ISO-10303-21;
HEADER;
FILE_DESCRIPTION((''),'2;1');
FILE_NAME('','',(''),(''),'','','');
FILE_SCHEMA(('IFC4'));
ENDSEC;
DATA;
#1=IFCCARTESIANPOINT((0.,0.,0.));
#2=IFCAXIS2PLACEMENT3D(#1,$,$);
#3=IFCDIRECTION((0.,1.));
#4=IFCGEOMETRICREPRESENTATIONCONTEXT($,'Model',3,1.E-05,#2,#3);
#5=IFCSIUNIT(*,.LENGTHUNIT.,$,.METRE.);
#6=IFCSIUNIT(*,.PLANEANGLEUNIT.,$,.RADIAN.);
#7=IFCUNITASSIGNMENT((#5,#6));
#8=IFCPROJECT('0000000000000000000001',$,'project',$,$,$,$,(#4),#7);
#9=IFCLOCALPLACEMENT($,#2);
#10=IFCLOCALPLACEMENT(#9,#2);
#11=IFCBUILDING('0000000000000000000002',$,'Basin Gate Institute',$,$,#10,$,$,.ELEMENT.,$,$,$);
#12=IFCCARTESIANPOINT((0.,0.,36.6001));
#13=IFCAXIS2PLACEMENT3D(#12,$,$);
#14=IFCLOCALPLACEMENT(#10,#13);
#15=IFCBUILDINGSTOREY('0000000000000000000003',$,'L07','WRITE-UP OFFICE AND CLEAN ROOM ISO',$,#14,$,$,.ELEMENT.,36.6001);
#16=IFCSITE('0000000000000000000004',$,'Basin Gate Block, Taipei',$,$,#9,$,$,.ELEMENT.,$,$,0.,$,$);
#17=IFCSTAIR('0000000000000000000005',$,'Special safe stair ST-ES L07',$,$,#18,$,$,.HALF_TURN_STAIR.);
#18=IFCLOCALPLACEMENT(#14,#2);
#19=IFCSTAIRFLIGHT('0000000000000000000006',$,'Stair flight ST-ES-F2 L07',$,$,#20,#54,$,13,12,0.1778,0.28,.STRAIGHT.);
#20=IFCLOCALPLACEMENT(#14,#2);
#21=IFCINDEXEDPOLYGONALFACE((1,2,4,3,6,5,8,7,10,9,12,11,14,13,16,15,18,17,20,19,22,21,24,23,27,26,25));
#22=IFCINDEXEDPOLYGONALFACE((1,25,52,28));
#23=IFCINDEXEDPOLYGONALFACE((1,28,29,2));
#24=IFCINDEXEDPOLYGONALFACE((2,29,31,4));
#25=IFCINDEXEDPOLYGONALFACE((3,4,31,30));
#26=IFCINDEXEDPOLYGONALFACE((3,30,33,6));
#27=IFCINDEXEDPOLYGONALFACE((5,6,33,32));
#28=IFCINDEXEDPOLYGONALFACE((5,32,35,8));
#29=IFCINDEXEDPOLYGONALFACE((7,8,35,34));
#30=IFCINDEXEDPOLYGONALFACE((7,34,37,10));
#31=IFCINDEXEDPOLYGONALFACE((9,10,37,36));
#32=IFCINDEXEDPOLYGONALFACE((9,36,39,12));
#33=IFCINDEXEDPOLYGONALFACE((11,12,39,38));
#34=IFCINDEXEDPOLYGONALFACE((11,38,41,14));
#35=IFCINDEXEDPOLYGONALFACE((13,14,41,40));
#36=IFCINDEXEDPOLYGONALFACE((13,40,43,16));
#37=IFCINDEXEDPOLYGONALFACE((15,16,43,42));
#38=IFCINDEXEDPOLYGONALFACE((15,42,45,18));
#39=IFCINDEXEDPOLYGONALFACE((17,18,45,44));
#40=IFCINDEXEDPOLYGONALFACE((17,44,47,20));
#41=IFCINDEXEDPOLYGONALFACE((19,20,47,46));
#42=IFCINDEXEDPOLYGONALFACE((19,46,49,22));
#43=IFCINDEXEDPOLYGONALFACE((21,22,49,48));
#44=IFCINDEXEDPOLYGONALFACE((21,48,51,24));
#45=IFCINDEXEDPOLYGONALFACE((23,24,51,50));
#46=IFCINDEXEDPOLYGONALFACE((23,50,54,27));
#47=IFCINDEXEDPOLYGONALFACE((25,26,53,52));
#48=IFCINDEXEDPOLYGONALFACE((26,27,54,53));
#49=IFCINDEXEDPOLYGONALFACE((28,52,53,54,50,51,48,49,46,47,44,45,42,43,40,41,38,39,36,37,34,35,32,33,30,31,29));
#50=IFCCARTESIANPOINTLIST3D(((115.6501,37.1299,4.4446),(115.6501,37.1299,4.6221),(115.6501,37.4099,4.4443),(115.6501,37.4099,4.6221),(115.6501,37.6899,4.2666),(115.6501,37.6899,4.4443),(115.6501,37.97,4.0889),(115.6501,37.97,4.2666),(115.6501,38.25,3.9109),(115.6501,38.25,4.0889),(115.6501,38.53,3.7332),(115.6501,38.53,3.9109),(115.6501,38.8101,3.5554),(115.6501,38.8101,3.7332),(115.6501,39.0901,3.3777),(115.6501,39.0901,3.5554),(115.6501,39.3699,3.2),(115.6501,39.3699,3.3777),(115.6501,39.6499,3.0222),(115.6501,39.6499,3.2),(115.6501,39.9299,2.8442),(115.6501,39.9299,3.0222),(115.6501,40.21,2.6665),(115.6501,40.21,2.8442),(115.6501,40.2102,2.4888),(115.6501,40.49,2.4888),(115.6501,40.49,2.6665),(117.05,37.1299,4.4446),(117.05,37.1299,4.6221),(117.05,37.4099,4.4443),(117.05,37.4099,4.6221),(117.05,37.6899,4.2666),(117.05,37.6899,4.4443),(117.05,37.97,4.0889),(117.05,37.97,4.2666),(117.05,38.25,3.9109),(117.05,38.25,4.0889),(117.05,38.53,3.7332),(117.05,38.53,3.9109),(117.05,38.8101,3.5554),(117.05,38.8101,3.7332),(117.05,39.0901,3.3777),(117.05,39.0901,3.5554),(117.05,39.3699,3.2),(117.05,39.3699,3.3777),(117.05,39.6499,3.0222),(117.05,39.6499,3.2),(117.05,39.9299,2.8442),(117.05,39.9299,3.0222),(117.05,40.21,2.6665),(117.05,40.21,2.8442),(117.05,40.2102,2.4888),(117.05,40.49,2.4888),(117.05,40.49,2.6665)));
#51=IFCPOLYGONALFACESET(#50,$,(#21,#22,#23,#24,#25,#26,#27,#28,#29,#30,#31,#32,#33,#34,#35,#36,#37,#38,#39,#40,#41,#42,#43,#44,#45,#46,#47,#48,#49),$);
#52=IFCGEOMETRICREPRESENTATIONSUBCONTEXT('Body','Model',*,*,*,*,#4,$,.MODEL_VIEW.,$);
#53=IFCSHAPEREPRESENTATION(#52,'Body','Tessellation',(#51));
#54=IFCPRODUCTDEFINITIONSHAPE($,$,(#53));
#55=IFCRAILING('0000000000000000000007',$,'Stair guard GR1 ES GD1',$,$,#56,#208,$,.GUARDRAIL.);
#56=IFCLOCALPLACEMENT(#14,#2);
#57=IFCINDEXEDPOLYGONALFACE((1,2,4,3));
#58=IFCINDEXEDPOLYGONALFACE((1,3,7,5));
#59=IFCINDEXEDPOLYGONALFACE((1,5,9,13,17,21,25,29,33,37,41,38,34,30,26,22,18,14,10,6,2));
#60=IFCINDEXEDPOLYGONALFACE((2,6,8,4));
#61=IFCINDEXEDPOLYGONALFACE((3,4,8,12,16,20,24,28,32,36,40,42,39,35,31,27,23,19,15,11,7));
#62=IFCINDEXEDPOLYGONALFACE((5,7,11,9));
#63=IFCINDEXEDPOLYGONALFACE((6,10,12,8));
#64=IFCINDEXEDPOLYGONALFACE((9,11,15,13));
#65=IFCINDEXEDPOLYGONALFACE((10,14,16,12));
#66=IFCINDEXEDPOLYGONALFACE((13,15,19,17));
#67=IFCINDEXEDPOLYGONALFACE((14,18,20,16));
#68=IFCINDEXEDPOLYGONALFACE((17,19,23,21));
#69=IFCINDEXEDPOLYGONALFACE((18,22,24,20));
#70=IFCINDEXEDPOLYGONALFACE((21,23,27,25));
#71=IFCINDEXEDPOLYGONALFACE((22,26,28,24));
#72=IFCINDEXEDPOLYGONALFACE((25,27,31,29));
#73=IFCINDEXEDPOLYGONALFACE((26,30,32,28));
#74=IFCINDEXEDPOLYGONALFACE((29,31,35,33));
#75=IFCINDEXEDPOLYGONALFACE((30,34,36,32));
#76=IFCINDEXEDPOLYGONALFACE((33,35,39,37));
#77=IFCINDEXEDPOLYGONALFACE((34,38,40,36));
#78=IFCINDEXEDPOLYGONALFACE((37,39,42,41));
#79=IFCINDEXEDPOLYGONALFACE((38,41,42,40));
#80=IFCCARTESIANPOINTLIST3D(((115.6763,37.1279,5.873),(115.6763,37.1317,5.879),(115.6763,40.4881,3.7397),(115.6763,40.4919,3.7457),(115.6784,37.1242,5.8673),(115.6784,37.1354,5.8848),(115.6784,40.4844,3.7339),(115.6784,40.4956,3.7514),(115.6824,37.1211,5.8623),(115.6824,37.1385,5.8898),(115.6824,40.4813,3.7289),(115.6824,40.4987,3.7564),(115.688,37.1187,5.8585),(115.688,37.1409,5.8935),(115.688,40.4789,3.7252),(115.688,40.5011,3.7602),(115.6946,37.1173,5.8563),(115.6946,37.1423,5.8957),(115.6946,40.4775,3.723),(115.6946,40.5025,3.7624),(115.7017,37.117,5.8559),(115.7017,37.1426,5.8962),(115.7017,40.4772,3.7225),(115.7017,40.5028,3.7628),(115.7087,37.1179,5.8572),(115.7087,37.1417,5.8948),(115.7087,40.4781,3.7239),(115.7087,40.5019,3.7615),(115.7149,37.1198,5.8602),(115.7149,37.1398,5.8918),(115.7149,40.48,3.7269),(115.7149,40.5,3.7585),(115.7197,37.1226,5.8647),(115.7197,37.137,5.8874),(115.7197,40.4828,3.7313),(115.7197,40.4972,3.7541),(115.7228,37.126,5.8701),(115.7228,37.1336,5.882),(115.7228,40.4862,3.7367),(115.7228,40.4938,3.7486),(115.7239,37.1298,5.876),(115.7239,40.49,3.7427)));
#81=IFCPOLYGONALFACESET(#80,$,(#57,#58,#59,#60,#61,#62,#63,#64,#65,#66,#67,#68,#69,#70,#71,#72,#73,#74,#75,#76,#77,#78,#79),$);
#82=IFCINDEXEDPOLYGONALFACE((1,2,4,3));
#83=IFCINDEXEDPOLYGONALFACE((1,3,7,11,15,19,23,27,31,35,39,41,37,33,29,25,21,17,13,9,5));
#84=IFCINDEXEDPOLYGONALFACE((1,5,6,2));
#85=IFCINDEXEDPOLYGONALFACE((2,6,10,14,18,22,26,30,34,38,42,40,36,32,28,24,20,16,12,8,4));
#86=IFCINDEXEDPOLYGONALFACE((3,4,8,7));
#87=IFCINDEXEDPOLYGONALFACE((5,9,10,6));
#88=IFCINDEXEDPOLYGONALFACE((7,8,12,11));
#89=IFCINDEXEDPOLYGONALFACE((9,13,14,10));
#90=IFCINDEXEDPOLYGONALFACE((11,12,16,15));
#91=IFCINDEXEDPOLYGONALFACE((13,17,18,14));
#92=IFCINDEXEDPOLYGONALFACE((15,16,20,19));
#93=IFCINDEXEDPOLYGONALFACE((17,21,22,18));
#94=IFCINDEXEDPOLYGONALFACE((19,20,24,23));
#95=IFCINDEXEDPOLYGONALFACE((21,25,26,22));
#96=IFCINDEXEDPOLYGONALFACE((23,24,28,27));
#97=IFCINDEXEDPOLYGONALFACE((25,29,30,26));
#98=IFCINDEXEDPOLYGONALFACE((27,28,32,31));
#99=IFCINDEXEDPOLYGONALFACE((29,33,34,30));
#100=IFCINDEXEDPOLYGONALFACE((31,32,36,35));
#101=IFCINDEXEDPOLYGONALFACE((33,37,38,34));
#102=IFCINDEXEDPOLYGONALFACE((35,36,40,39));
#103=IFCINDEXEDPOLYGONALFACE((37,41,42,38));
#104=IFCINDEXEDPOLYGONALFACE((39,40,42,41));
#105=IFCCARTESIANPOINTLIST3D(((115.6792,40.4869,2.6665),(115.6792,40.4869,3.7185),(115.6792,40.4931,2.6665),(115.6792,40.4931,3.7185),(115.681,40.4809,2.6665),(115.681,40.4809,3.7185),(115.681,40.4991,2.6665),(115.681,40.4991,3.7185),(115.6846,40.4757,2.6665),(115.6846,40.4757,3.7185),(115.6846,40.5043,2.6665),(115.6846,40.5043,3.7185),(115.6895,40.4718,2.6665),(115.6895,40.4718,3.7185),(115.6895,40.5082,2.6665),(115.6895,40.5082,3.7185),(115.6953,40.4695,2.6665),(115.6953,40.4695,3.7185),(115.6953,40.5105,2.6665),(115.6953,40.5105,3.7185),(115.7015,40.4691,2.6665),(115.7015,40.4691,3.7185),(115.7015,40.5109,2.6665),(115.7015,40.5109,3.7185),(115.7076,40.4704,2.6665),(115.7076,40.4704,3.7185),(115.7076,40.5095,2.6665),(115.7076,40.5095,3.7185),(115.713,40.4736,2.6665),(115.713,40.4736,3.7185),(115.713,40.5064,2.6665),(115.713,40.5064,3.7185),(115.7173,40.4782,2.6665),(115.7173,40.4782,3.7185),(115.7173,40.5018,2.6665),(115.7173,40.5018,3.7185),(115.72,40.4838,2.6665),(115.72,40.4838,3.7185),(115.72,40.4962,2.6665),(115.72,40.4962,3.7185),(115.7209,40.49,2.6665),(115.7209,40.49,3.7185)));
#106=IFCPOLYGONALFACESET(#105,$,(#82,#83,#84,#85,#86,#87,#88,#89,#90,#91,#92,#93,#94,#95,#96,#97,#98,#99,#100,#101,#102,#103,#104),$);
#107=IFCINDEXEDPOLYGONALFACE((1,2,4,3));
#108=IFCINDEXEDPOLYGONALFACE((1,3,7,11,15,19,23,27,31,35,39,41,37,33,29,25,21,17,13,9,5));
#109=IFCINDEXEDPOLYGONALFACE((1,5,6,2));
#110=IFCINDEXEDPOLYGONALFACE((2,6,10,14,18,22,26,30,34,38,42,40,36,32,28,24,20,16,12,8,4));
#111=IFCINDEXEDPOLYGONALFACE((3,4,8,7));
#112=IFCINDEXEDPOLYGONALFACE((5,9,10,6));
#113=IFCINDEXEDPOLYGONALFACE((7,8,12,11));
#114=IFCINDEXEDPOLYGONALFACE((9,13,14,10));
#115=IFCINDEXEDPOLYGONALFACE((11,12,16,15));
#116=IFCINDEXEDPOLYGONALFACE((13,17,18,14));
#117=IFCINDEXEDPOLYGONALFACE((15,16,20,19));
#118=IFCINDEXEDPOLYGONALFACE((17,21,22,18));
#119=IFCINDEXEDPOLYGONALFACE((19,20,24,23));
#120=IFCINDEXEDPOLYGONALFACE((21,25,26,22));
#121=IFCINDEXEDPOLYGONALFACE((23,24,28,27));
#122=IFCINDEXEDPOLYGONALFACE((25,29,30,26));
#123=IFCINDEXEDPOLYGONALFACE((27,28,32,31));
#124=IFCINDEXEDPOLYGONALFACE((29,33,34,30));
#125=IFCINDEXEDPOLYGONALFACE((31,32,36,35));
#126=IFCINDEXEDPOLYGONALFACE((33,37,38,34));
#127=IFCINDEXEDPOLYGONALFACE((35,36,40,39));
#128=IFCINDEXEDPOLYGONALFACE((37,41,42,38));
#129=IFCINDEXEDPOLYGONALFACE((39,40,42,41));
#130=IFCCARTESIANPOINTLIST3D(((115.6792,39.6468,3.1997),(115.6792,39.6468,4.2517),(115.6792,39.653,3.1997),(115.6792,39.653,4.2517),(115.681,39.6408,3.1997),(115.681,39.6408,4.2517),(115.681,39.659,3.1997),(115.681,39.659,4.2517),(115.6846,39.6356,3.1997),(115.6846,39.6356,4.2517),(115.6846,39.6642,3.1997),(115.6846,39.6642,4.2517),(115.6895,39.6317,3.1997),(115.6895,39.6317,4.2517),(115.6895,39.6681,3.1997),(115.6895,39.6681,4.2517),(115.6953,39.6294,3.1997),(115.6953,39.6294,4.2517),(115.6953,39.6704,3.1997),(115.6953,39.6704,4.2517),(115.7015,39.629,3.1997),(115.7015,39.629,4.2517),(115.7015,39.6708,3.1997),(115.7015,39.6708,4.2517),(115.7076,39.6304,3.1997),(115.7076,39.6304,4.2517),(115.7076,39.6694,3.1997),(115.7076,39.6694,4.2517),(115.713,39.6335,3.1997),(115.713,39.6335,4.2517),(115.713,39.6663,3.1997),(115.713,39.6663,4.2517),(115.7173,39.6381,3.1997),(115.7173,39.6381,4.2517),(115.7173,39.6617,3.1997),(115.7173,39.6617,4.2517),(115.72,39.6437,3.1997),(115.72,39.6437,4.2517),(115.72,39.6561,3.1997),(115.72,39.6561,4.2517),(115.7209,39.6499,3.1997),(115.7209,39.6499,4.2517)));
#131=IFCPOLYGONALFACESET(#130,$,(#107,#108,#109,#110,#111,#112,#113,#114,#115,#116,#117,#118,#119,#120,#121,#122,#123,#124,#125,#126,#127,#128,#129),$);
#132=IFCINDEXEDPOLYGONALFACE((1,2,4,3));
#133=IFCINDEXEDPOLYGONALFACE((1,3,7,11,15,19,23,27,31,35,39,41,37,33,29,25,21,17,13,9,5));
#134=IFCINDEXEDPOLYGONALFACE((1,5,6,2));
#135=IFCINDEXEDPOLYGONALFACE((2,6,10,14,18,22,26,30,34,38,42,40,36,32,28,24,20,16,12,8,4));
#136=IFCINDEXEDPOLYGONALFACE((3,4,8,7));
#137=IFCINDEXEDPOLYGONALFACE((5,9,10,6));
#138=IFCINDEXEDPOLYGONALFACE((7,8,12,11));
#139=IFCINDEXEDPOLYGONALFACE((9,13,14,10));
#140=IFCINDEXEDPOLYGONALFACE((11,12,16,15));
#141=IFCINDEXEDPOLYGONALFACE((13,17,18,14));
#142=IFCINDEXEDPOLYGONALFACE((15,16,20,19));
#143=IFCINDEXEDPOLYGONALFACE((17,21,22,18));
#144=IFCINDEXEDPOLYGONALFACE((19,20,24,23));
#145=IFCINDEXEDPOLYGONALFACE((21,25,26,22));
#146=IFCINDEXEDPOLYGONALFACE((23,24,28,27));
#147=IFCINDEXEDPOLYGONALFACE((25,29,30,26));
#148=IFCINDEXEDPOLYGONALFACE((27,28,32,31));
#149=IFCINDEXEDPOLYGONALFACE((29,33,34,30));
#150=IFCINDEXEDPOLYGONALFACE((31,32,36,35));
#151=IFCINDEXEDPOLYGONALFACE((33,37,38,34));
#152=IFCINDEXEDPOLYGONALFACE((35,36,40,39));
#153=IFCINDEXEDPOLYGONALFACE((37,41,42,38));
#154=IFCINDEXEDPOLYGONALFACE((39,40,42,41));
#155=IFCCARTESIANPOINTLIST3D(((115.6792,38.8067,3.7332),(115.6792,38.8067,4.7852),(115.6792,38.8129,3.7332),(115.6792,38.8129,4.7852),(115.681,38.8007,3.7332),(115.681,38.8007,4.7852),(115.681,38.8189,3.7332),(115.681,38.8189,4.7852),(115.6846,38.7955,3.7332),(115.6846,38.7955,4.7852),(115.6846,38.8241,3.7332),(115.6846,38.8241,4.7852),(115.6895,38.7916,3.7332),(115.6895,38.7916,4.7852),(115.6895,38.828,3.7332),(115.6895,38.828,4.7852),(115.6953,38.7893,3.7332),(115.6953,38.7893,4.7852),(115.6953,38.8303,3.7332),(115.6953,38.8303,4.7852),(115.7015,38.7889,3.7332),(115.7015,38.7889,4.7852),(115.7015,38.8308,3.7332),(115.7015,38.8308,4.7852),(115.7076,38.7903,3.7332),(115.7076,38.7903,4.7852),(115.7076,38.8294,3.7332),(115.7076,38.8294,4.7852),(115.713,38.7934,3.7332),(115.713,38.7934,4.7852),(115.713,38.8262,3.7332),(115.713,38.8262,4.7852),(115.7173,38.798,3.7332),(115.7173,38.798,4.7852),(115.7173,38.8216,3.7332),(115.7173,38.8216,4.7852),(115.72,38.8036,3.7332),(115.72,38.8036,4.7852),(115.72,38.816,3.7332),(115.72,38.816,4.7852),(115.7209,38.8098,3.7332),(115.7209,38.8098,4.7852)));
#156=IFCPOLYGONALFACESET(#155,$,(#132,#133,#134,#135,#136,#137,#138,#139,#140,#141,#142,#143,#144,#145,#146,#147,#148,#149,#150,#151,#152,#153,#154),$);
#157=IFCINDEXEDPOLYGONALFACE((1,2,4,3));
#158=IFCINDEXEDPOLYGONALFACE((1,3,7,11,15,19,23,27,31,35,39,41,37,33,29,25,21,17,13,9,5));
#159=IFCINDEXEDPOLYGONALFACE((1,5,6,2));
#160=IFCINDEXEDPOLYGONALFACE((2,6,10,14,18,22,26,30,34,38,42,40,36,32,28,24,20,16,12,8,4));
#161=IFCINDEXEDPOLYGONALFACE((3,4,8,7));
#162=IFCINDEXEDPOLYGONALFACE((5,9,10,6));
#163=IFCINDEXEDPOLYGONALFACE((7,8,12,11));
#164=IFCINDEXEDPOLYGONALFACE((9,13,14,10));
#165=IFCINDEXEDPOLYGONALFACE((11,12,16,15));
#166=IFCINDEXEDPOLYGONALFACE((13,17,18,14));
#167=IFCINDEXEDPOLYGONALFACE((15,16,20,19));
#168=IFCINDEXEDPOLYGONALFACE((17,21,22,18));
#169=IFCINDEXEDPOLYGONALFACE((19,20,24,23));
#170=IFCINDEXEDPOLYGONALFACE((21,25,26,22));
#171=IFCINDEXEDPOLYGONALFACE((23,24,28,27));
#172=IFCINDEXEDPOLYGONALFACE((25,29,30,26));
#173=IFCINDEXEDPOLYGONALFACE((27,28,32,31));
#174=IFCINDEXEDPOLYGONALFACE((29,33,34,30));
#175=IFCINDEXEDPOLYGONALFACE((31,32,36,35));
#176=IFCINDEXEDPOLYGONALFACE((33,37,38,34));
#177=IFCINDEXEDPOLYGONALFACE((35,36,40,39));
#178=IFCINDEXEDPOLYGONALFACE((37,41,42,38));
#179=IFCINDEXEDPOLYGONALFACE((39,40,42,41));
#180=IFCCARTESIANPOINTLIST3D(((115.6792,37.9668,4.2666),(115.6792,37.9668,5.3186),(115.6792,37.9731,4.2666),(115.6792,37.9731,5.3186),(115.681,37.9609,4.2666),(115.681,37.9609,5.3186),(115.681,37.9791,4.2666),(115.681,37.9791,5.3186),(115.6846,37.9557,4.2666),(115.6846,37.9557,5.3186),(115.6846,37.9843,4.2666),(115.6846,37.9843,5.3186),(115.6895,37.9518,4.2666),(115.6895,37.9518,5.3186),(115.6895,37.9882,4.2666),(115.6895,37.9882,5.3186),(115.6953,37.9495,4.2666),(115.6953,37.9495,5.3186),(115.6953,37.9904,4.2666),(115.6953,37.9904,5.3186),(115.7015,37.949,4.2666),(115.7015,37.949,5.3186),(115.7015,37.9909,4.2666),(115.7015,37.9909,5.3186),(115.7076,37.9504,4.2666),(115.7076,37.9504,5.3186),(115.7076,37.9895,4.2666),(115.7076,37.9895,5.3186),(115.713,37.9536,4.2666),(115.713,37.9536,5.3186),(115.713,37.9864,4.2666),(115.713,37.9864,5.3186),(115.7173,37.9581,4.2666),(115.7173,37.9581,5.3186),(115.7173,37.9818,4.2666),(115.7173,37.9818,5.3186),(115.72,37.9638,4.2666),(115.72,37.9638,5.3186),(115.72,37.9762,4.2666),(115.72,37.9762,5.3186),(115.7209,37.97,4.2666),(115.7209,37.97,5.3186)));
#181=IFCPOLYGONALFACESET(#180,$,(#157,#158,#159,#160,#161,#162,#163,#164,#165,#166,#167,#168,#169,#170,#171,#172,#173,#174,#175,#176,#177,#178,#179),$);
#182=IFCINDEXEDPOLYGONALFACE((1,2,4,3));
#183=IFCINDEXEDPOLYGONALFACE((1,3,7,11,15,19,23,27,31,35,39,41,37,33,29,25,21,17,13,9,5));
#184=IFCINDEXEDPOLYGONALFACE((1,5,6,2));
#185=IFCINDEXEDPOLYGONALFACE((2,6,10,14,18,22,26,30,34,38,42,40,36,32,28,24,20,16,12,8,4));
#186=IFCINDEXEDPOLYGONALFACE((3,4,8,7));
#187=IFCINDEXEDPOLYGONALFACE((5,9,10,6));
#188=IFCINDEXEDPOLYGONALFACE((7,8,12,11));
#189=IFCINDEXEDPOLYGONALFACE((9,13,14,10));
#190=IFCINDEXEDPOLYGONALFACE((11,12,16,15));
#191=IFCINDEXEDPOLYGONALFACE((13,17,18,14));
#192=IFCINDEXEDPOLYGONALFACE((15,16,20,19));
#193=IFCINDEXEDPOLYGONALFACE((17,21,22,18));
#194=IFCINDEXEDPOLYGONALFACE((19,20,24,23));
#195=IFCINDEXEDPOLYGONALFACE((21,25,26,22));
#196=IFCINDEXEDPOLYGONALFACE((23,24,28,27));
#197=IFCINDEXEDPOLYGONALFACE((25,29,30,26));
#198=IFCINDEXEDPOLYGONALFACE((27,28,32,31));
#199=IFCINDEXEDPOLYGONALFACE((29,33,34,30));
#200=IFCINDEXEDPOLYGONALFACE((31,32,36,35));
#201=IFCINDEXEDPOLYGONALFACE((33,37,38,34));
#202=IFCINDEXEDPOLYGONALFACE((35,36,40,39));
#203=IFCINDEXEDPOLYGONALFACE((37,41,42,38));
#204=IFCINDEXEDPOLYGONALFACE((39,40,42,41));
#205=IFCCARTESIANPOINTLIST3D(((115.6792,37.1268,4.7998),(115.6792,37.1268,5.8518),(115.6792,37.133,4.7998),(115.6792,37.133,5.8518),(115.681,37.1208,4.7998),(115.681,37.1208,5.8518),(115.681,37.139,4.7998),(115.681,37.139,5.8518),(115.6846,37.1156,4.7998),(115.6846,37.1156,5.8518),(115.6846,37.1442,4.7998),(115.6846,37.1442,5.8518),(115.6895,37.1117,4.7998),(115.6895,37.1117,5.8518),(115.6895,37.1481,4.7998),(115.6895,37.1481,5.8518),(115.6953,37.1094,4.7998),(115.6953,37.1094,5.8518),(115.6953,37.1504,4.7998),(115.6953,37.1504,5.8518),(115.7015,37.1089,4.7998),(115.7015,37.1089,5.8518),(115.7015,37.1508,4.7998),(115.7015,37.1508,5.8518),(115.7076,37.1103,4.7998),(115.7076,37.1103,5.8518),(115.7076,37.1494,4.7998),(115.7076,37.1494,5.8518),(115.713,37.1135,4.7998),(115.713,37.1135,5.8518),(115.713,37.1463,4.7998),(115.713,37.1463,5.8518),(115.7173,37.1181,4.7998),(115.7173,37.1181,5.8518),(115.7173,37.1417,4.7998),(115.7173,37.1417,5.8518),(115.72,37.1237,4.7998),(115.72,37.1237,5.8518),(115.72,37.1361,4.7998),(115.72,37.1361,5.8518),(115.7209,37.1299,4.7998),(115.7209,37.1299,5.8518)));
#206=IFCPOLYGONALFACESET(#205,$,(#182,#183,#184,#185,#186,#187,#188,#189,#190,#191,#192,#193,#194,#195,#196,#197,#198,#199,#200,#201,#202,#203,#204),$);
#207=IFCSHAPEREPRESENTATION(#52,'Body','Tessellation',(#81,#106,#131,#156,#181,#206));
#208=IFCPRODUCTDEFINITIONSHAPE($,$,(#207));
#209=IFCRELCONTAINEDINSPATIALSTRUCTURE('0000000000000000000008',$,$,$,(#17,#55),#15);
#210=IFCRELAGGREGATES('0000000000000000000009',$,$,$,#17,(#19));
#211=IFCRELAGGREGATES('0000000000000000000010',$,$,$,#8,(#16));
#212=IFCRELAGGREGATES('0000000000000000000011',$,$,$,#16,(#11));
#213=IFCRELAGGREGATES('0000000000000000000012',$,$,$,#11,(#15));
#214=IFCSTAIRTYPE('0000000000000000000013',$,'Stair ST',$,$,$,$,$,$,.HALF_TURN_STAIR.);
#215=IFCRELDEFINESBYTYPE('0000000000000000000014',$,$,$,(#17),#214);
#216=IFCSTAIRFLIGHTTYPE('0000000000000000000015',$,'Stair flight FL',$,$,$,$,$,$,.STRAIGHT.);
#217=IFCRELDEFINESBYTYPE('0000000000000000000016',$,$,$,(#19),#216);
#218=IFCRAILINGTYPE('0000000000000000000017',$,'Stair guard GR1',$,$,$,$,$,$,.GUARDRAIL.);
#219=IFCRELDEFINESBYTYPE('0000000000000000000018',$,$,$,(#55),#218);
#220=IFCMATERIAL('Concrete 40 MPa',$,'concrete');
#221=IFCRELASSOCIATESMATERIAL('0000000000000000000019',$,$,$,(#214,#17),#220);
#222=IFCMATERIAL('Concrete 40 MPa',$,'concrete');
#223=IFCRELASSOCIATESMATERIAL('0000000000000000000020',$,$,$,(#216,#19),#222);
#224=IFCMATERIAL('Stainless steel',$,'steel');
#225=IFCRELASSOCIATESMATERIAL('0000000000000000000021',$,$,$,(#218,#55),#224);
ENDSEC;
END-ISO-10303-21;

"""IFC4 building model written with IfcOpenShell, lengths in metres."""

from ifc_helpers import new_model, si_unit, direction, frame, origin, origin_2d, place, context, subcontext, project, spatial, polyline, circle, outline, extrude, material, type_object, element, aggregate, save


model = new_model("IFC4")

# Units and contexts
model_context = context("Model", 3, precision=1e-05, world=origin(), true_north=direction((0.0, 1.0)))
body_context = subcontext(model_context, "Body", "Model", "MODEL_VIEW")
ifc_project = project(units=[si_unit("LENGTHUNIT", "METRE"), si_unit("PLANEANGLEUNIT", "RADIAN")], contexts=[model_context])

# Site, building, storey
site_placement = place(None, origin())
site = spatial("IfcSite", under=ifc_project, at=site_placement, Name="Basin Gate Block, Taipei", CompositionType="ELEMENT", RefElevation=0.0)
building_placement = place(site_placement, origin())
building = spatial("IfcBuilding", under=site, at=building_placement, Name="Basin Gate Institute", CompositionType="ELEMENT")
storey_placement = place(building_placement, frame((0.0, 0.0, 36.6001)))
storey = spatial("IfcBuildingStorey", under=building, at=storey_placement, Name="L07", Description="WRITE-UP OFFICE AND CLEAN ROOM ISO", CompositionType="ELEMENT", Elevation=36.6001)

# Stair, stair flight
ifc_material_1 = material(Name="Concrete 40 MPa", Category="concrete")
stair_type = type_object("IfcStairType", Name="Stair ST", PredefinedType="HALF_TURN_STAIR", material=ifc_material_1)
stair_placement = place(storey_placement, origin())
stair = element("IfcStair", 1, at=stair_placement, inside=storey, type_object=stair_type, material=ifc_material_1, Name="Special safe stair ST-ES L07", PredefinedType="HALF_TURN_STAIR")
ifc_material_2 = material(Name="Concrete 40 MPa", Category="concrete")
stair_flight_type = type_object("IfcStairFlightType", Name="Stair flight FL", PredefinedType="STRAIGHT", material=ifc_material_2)
stair_flight_placement = place(storey_placement, frame((116.3501, 40.49, 2.4888), z_axis=(0.0, 0.0, 1.0), x_axis=(0.0, -1.0, 0.0)))
stair_flight = element("IfcStairFlight", 2, at=stair_flight_placement, type_object=stair_flight_type, material=ifc_material_2, Name="Stair flight ST-ES-F2 L07", NumberOfRisers=13, NumberOfTreads=12, PredefinedType="STRAIGHT", RiserHeight=0.1778, TreadLength=0.28, context=body_context, shape_type="SweptSolid", body=[
    extrude(outline(polyline([(0.0, 0.0), (0.0, 0.1777), (0.28, 0.1777), (0.28, 0.3555), (0.5601, 0.3555), (0.5601, 0.5334), (0.8401, 0.5334), (0.8401, 0.7112), (1.1201, 0.7112), (1.1201, 0.8889), (1.3999, 0.8889), (1.3999, 1.0667), (1.6799, 1.0667), (1.6799, 1.2444), (1.96, 1.2444), (1.96, 1.4221), (2.24, 1.4221), (2.24, 1.6001), (2.52, 1.6001), (2.52, 1.7778), (2.8, 1.7778), (2.8, 1.9556), (3.0801, 1.9556), (3.0801, 2.1333), (3.3601, 2.1333), (3.3601, 2.311), (3.3601, 1.9558), (0.2798, 0.0), (0.0, 0.0)])), frame((0.0, 0.7, 0.0), z_axis=(0.0, -1.0, 0.0), x_axis=(1.0, 0.0, 0.0)), (0.0, 0.0, 1.0), 1.3999),
])
aggregate(stair, [stair_flight])

# Railing
ifc_material_3 = material(Name="Stainless steel", Category="steel")
railing_type_1 = type_object("IfcRailingType", Name="Stair guard GR1", PredefinedType="GUARDRAIL", material=ifc_material_3)
railing_1_placement = place(storey_placement, frame((115.7, 40.49, 2.6665)))
element("IfcRailing", 3, at=railing_1_placement, inside=storey, type_object=railing_type_1, material=ifc_material_3, Name="Stair guard GR1 ES GD1", PredefinedType="GUARDRAIL", context=body_context, shape_type="SweptSolid", body=[
    extrude(circle(Radius=0.0239, at=origin_2d()), frame((0.0, 0.0, 1.0762), z_axis=(0.0, -0.844224, 0.53599), x_axis=(1.0, 0.0, 0.0)), (0.0, 0.0, 1.0), 3.9802),
    extrude(circle(Radius=0.021, at=origin_2d()), origin(), (0.0, 0.0, 1.0), 1.052),
    extrude(circle(Radius=0.021, at=origin_2d()), frame((0.0, -0.8401, 0.5332)), (0.0, 0.0, 1.0), 1.052),
    extrude(circle(Radius=0.021, at=origin_2d()), frame((0.0, -1.6802, 1.0667)), (0.0, 0.0, 1.0), 1.052),
    extrude(circle(Radius=0.021, at=origin_2d()), frame((0.0, -2.52, 1.6001)), (0.0, 0.0, 1.0), 1.052),
    extrude(circle(Radius=0.021, at=origin_2d()), frame((0.0, -3.3601, 2.1333)), (0.0, 0.0, 1.0), 1.052),
])

save(model, "model.ifc")
